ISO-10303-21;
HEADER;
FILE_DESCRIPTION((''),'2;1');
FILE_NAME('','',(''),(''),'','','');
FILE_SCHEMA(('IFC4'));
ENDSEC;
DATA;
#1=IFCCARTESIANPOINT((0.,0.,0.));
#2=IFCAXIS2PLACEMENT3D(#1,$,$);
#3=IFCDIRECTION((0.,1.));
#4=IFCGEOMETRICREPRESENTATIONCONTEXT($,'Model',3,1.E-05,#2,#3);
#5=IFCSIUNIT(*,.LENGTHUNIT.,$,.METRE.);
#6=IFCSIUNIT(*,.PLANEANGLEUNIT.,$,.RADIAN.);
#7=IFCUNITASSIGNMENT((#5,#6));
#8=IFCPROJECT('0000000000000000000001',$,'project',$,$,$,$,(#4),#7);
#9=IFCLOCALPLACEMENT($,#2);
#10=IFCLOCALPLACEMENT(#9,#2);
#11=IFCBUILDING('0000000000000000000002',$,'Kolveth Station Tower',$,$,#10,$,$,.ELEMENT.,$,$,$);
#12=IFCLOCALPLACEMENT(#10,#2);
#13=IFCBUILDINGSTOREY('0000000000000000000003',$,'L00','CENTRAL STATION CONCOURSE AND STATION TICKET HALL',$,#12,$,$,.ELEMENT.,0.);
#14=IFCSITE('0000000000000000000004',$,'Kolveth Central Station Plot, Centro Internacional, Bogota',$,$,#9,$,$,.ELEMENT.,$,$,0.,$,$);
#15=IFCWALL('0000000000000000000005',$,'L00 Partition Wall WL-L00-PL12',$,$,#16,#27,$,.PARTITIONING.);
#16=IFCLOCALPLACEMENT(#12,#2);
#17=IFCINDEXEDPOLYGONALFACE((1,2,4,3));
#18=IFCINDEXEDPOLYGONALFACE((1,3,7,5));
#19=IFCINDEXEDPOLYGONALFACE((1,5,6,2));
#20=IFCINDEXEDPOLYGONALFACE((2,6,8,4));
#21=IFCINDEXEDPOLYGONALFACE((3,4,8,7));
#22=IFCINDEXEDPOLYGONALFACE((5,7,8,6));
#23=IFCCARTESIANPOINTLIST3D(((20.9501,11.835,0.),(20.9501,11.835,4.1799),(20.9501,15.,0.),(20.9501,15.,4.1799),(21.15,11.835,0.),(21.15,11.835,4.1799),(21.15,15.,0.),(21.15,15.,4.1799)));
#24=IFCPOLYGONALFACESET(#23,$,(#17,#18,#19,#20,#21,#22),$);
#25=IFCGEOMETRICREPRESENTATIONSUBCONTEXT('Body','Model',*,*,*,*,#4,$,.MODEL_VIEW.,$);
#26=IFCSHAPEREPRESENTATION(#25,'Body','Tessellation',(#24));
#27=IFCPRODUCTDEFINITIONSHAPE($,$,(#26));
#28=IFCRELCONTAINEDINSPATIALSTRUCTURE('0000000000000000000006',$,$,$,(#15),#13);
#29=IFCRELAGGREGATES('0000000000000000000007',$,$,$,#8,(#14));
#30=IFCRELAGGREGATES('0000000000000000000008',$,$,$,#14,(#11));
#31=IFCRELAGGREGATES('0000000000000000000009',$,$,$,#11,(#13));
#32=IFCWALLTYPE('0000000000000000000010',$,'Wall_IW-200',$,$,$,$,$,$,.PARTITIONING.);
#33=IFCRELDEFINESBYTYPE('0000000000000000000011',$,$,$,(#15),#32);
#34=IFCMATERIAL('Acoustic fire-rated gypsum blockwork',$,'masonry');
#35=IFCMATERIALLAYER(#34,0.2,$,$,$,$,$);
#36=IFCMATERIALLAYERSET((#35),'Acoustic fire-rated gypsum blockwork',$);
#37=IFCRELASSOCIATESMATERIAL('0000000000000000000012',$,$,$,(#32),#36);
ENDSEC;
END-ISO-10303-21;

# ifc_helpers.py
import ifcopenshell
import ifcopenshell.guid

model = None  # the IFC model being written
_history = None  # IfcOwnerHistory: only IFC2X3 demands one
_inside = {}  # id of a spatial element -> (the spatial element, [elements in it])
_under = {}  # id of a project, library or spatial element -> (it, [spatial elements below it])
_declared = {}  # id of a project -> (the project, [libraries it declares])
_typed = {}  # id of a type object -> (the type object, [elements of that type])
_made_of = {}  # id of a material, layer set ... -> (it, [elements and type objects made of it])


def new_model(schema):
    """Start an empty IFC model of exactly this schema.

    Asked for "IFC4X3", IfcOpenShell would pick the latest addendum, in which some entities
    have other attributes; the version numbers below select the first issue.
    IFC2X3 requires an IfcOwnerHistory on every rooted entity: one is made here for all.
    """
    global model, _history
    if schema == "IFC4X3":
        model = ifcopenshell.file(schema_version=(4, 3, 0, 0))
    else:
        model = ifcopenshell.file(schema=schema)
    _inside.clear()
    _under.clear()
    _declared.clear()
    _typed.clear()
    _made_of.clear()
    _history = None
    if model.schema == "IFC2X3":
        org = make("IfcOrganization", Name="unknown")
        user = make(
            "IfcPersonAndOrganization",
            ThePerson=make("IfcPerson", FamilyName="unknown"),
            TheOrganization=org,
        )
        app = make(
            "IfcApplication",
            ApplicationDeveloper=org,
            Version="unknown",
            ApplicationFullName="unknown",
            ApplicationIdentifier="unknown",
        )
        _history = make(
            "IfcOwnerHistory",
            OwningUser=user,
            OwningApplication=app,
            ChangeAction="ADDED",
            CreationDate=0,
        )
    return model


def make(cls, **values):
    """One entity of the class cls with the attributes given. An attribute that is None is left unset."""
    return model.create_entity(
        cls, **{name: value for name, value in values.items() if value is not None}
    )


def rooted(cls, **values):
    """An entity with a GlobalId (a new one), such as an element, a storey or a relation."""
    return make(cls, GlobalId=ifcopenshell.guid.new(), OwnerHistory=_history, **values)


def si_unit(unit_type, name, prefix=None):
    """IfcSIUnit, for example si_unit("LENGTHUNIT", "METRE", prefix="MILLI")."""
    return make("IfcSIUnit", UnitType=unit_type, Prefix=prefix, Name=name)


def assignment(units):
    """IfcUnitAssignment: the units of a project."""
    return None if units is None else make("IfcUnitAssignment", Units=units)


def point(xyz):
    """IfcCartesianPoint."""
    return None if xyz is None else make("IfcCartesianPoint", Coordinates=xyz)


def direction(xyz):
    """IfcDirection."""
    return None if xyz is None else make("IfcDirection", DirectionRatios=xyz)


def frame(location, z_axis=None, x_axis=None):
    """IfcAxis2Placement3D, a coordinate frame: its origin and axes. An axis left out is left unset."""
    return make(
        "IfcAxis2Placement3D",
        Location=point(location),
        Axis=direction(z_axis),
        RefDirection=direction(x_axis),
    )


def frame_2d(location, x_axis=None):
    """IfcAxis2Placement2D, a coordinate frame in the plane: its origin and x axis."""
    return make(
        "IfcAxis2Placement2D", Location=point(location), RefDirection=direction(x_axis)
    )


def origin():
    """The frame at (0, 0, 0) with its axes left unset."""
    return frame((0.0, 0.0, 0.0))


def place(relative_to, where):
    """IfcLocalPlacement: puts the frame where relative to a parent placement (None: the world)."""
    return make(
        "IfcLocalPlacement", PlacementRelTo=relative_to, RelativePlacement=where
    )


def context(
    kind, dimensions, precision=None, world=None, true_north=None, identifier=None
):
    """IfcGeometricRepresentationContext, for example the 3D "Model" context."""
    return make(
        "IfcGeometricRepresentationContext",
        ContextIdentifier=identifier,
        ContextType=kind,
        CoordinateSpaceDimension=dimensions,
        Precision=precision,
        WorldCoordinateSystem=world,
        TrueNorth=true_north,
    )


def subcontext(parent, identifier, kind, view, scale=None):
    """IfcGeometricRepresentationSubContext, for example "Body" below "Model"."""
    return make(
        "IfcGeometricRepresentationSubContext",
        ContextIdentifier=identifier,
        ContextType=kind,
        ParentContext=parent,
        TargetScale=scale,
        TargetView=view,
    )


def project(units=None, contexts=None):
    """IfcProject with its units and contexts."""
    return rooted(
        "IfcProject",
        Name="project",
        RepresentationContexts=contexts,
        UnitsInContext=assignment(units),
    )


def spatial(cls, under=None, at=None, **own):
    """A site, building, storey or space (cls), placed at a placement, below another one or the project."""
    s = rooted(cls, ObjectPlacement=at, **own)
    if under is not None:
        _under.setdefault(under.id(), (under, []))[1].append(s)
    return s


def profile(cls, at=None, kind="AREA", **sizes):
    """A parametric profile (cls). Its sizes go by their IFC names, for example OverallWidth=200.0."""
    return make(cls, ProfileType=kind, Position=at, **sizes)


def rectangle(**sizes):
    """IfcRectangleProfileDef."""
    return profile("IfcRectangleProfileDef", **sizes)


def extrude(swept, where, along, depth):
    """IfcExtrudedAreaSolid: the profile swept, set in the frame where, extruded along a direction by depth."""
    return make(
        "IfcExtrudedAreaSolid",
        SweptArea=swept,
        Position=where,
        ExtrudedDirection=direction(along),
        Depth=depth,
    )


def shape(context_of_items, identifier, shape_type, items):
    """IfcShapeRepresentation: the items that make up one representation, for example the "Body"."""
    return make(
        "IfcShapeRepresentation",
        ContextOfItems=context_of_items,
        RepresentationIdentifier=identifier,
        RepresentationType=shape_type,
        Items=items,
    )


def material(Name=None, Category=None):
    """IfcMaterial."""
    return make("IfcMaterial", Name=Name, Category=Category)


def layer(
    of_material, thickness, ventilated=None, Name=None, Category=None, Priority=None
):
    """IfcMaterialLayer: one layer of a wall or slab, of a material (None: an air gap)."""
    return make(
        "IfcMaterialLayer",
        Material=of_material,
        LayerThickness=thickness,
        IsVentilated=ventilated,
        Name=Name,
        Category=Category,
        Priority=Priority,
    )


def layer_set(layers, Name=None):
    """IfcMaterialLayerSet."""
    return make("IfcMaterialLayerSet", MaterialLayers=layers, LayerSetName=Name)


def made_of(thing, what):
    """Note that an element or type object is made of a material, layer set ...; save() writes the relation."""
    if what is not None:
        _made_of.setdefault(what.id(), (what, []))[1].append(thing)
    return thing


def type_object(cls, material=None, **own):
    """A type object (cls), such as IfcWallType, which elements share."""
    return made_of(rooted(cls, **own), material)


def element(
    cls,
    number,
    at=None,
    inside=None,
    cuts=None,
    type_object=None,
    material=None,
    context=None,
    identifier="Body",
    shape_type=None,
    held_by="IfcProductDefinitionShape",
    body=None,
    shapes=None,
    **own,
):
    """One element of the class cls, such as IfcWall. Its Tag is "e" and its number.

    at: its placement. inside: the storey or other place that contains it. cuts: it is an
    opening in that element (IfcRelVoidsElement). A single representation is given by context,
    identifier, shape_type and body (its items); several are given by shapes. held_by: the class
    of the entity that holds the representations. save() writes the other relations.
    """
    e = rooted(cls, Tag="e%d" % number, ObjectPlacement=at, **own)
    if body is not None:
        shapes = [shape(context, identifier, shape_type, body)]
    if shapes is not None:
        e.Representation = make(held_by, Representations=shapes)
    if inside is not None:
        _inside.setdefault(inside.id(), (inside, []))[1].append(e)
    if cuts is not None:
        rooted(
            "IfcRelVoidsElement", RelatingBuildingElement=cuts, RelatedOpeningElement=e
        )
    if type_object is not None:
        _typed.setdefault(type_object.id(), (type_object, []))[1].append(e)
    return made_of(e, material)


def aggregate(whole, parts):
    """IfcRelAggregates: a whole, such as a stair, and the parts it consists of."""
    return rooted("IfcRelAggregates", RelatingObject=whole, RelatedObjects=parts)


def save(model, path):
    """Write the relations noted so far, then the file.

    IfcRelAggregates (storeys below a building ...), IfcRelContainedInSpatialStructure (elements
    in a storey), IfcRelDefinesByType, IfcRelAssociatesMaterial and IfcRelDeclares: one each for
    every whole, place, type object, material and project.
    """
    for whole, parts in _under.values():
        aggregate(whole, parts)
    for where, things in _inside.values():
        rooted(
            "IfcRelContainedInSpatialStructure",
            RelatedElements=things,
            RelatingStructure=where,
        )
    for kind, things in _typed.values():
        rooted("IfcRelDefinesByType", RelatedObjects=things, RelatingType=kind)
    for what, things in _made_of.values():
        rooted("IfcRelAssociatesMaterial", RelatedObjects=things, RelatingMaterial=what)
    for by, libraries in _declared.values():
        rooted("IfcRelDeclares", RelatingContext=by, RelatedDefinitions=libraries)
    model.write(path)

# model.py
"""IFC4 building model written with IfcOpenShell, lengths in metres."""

from ifc_helpers import new_model, si_unit, direction, frame, frame_2d, origin, place, context, subcontext, project, spatial, rectangle, extrude, material, layer, layer_set, type_object, element, save


model = new_model("IFC4")

# Units and contexts
model_context = context("Model", 3, precision=1e-05, world=origin(), true_north=direction((0.0, 1.0)))
body_context = subcontext(model_context, "Body", "Model", "MODEL_VIEW")
ifc_project = project(units=[si_unit("LENGTHUNIT", "METRE"), si_unit("PLANEANGLEUNIT", "RADIAN")], contexts=[model_context])

# Site, building, storey
site_placement = place(None, origin())
site = spatial("IfcSite", under=ifc_project, at=site_placement, Name="Kolveth Central Station Plot, Centro Internacional, Bogota", CompositionType="ELEMENT", RefElevation=0.0)
building_placement = place(site_placement, origin())
building = spatial("IfcBuilding", under=site, at=building_placement, Name="Kolveth Station Tower", CompositionType="ELEMENT")
storey_placement = place(building_placement, origin())
storey = spatial("IfcBuildingStorey", under=building, at=storey_placement, Name="L00", Description="CENTRAL STATION CONCOURSE AND STATION TICKET HALL", CompositionType="ELEMENT", Elevation=0.0)

# Wall
ifc_material_1 = material(Name="Acoustic fire-rated gypsum blockwork", Category="masonry")
ifc_layer_1 = layer(ifc_material_1, 0.2)
ifc_layer_set_1 = layer_set([ifc_layer_1], Name="Acoustic fire-rated gypsum blockwork")
wall_type_1 = type_object("IfcWallType", Name="Wall_IW-200", PredefinedType="PARTITIONING", material=ifc_layer_set_1)
wall_1_placement = place(storey_placement, frame((21.05, 11.835, 0.0), z_axis=(0.0, 0.0, 1.0), x_axis=(0.0, 1.0, 0.0)))
element("IfcWall", 1, at=wall_1_placement, inside=storey, type_object=wall_type_1, Name="L00 Partition Wall WL-L00-PL12", PredefinedType="PARTITIONING", context=body_context, shape_type="SweptSolid", body=[
    extrude(rectangle(XDim=3.165, YDim=0.2, at=frame_2d((1.5825, 0.0))), origin(), (0.0, 0.0, 1.0), 4.1799),
])

save(model, "model.ifc")
